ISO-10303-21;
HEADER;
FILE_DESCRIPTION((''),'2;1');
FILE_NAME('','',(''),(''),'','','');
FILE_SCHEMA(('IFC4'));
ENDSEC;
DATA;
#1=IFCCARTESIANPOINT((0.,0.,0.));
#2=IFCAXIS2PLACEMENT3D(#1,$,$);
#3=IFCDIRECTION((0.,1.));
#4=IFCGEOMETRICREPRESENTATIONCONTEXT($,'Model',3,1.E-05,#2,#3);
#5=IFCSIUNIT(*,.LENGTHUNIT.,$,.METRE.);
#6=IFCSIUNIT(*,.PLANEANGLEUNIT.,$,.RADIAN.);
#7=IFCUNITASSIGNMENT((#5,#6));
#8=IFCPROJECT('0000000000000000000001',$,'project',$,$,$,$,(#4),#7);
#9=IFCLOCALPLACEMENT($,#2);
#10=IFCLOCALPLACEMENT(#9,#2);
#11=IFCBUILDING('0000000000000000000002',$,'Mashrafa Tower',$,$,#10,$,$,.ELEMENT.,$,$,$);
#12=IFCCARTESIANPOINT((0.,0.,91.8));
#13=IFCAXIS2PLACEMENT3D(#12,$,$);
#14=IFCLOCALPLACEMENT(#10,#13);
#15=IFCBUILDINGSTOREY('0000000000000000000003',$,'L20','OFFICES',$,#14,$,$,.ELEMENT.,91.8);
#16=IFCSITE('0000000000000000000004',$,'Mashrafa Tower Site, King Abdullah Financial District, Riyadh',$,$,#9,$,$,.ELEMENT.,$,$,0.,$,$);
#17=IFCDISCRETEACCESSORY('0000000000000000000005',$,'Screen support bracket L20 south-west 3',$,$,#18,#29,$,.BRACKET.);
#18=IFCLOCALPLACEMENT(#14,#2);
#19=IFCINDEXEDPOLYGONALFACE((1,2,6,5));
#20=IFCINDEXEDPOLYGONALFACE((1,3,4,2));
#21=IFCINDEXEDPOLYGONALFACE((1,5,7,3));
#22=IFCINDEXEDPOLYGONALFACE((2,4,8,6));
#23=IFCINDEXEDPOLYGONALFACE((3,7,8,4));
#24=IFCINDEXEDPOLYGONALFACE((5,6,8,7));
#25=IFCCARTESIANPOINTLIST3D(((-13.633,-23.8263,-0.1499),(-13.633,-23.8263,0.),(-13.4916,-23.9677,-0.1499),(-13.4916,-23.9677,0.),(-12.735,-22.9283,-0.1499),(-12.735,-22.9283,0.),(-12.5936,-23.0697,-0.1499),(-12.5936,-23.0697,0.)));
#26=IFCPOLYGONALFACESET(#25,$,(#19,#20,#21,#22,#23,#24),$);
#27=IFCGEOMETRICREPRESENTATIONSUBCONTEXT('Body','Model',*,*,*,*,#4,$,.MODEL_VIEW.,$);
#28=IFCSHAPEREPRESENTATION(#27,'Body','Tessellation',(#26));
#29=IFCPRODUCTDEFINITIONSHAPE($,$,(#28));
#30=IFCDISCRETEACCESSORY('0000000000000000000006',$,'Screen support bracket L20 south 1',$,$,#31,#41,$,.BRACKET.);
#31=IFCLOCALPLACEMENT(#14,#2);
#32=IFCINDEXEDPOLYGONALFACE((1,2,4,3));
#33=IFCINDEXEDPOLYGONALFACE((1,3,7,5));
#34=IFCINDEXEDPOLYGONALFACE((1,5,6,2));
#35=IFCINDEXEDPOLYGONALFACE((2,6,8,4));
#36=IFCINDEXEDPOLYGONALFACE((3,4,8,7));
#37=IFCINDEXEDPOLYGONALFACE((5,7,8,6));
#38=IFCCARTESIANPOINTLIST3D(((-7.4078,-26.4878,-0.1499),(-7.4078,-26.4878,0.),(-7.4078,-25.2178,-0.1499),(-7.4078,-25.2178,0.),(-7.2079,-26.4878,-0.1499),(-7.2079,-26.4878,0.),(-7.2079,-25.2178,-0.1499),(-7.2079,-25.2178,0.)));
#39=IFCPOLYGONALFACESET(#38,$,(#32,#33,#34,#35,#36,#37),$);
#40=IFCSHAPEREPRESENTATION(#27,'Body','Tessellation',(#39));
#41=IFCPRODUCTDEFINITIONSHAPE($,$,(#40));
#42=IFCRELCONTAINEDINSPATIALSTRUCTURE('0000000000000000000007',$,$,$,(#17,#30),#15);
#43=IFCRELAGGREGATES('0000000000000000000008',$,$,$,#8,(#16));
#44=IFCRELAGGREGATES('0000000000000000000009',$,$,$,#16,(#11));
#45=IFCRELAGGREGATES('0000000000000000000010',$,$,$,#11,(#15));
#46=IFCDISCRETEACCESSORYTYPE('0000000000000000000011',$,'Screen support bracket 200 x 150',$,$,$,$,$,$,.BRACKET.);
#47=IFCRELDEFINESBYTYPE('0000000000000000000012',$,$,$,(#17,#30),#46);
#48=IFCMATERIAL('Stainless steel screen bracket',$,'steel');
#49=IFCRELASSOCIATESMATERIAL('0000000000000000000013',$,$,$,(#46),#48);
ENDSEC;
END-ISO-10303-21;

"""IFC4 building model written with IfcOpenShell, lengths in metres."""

from ifc_helpers import new_model, si_unit, direction, frame, origin, origin_2d, place, context, subcontext, project, spatial, rectangle, extrude, source, transform, mapped, material, type_object, type_shapes, element, save


model = new_model("IFC4")

# Units and contexts
model_context = context("Model", 3, precision=1e-05, world=origin(), true_north=direction((0.0, 1.0)))
body_context = subcontext(model_context, "Body", "Model", "MODEL_VIEW")
ifc_project = project(units=[si_unit("LENGTHUNIT", "METRE"), si_unit("PLANEANGLEUNIT", "RADIAN")], contexts=[model_context])

# Site, building, storey
site_placement = place(None, origin())
site = spatial("IfcSite", under=ifc_project, at=site_placement, Name="Mashrafa Tower Site, King Abdullah Financial District, Riyadh", CompositionType="ELEMENT", RefElevation=0.0)
building_placement = place(site_placement, origin())
building = spatial("IfcBuilding", under=site, at=building_placement, Name="Mashrafa Tower", CompositionType="ELEMENT")
storey_placement = place(building_placement, frame((0.0, 0.0, 91.8)))
storey = spatial("IfcBuildingStorey", under=building, at=storey_placement, Name="L20", Description="OFFICES", CompositionType="ELEMENT", Elevation=91.8)

# Discrete accessories
ifc_material_1 = material(Name="Stainless steel screen bracket", Category="steel")
discrete_accessory_type = type_object("IfcDiscreteAccessoryType", Name="Screen support bracket 200 x 150", PredefinedType="BRACKET", material=ifc_material_1)
shared_shape_1 = source(origin(), body_context, "Body", "SweptSolid", [
    extrude(rectangle(XDim=0.2, YDim=1.27, at=origin_2d()), origin(), (0.0, 0.0, 1.0), 0.1499),
])
type_shapes(discrete_accessory_type, [shared_shape_1])
for number, where, z_axis, x_axis, name in (
    (1, (-13.1133, -23.448, -0.1499), (0.0, 0.0, 1.0), (0.707107, -0.707107, 0.0), "Screen support bracket L20 south-west 3"),
    (2, (-7.3079, -25.8528, -0.1499), (0.0, 0.0, 1.0), (1.0, 0.0, 0.0), "Screen support bracket L20 south 1"),
):
    element("IfcDiscreteAccessory", number, at=place(storey_placement, frame(where, z_axis=z_axis, x_axis=x_axis)), inside=storey, type_object=discrete_accessory_type, Name=name, PredefinedType="BRACKET", context=body_context, shape_type="MappedRepresentation", body=[
        mapped(shared_shape_1, transform((0.0, 0.0, 0.0))),
    ])

save(model, "model.ifc")
